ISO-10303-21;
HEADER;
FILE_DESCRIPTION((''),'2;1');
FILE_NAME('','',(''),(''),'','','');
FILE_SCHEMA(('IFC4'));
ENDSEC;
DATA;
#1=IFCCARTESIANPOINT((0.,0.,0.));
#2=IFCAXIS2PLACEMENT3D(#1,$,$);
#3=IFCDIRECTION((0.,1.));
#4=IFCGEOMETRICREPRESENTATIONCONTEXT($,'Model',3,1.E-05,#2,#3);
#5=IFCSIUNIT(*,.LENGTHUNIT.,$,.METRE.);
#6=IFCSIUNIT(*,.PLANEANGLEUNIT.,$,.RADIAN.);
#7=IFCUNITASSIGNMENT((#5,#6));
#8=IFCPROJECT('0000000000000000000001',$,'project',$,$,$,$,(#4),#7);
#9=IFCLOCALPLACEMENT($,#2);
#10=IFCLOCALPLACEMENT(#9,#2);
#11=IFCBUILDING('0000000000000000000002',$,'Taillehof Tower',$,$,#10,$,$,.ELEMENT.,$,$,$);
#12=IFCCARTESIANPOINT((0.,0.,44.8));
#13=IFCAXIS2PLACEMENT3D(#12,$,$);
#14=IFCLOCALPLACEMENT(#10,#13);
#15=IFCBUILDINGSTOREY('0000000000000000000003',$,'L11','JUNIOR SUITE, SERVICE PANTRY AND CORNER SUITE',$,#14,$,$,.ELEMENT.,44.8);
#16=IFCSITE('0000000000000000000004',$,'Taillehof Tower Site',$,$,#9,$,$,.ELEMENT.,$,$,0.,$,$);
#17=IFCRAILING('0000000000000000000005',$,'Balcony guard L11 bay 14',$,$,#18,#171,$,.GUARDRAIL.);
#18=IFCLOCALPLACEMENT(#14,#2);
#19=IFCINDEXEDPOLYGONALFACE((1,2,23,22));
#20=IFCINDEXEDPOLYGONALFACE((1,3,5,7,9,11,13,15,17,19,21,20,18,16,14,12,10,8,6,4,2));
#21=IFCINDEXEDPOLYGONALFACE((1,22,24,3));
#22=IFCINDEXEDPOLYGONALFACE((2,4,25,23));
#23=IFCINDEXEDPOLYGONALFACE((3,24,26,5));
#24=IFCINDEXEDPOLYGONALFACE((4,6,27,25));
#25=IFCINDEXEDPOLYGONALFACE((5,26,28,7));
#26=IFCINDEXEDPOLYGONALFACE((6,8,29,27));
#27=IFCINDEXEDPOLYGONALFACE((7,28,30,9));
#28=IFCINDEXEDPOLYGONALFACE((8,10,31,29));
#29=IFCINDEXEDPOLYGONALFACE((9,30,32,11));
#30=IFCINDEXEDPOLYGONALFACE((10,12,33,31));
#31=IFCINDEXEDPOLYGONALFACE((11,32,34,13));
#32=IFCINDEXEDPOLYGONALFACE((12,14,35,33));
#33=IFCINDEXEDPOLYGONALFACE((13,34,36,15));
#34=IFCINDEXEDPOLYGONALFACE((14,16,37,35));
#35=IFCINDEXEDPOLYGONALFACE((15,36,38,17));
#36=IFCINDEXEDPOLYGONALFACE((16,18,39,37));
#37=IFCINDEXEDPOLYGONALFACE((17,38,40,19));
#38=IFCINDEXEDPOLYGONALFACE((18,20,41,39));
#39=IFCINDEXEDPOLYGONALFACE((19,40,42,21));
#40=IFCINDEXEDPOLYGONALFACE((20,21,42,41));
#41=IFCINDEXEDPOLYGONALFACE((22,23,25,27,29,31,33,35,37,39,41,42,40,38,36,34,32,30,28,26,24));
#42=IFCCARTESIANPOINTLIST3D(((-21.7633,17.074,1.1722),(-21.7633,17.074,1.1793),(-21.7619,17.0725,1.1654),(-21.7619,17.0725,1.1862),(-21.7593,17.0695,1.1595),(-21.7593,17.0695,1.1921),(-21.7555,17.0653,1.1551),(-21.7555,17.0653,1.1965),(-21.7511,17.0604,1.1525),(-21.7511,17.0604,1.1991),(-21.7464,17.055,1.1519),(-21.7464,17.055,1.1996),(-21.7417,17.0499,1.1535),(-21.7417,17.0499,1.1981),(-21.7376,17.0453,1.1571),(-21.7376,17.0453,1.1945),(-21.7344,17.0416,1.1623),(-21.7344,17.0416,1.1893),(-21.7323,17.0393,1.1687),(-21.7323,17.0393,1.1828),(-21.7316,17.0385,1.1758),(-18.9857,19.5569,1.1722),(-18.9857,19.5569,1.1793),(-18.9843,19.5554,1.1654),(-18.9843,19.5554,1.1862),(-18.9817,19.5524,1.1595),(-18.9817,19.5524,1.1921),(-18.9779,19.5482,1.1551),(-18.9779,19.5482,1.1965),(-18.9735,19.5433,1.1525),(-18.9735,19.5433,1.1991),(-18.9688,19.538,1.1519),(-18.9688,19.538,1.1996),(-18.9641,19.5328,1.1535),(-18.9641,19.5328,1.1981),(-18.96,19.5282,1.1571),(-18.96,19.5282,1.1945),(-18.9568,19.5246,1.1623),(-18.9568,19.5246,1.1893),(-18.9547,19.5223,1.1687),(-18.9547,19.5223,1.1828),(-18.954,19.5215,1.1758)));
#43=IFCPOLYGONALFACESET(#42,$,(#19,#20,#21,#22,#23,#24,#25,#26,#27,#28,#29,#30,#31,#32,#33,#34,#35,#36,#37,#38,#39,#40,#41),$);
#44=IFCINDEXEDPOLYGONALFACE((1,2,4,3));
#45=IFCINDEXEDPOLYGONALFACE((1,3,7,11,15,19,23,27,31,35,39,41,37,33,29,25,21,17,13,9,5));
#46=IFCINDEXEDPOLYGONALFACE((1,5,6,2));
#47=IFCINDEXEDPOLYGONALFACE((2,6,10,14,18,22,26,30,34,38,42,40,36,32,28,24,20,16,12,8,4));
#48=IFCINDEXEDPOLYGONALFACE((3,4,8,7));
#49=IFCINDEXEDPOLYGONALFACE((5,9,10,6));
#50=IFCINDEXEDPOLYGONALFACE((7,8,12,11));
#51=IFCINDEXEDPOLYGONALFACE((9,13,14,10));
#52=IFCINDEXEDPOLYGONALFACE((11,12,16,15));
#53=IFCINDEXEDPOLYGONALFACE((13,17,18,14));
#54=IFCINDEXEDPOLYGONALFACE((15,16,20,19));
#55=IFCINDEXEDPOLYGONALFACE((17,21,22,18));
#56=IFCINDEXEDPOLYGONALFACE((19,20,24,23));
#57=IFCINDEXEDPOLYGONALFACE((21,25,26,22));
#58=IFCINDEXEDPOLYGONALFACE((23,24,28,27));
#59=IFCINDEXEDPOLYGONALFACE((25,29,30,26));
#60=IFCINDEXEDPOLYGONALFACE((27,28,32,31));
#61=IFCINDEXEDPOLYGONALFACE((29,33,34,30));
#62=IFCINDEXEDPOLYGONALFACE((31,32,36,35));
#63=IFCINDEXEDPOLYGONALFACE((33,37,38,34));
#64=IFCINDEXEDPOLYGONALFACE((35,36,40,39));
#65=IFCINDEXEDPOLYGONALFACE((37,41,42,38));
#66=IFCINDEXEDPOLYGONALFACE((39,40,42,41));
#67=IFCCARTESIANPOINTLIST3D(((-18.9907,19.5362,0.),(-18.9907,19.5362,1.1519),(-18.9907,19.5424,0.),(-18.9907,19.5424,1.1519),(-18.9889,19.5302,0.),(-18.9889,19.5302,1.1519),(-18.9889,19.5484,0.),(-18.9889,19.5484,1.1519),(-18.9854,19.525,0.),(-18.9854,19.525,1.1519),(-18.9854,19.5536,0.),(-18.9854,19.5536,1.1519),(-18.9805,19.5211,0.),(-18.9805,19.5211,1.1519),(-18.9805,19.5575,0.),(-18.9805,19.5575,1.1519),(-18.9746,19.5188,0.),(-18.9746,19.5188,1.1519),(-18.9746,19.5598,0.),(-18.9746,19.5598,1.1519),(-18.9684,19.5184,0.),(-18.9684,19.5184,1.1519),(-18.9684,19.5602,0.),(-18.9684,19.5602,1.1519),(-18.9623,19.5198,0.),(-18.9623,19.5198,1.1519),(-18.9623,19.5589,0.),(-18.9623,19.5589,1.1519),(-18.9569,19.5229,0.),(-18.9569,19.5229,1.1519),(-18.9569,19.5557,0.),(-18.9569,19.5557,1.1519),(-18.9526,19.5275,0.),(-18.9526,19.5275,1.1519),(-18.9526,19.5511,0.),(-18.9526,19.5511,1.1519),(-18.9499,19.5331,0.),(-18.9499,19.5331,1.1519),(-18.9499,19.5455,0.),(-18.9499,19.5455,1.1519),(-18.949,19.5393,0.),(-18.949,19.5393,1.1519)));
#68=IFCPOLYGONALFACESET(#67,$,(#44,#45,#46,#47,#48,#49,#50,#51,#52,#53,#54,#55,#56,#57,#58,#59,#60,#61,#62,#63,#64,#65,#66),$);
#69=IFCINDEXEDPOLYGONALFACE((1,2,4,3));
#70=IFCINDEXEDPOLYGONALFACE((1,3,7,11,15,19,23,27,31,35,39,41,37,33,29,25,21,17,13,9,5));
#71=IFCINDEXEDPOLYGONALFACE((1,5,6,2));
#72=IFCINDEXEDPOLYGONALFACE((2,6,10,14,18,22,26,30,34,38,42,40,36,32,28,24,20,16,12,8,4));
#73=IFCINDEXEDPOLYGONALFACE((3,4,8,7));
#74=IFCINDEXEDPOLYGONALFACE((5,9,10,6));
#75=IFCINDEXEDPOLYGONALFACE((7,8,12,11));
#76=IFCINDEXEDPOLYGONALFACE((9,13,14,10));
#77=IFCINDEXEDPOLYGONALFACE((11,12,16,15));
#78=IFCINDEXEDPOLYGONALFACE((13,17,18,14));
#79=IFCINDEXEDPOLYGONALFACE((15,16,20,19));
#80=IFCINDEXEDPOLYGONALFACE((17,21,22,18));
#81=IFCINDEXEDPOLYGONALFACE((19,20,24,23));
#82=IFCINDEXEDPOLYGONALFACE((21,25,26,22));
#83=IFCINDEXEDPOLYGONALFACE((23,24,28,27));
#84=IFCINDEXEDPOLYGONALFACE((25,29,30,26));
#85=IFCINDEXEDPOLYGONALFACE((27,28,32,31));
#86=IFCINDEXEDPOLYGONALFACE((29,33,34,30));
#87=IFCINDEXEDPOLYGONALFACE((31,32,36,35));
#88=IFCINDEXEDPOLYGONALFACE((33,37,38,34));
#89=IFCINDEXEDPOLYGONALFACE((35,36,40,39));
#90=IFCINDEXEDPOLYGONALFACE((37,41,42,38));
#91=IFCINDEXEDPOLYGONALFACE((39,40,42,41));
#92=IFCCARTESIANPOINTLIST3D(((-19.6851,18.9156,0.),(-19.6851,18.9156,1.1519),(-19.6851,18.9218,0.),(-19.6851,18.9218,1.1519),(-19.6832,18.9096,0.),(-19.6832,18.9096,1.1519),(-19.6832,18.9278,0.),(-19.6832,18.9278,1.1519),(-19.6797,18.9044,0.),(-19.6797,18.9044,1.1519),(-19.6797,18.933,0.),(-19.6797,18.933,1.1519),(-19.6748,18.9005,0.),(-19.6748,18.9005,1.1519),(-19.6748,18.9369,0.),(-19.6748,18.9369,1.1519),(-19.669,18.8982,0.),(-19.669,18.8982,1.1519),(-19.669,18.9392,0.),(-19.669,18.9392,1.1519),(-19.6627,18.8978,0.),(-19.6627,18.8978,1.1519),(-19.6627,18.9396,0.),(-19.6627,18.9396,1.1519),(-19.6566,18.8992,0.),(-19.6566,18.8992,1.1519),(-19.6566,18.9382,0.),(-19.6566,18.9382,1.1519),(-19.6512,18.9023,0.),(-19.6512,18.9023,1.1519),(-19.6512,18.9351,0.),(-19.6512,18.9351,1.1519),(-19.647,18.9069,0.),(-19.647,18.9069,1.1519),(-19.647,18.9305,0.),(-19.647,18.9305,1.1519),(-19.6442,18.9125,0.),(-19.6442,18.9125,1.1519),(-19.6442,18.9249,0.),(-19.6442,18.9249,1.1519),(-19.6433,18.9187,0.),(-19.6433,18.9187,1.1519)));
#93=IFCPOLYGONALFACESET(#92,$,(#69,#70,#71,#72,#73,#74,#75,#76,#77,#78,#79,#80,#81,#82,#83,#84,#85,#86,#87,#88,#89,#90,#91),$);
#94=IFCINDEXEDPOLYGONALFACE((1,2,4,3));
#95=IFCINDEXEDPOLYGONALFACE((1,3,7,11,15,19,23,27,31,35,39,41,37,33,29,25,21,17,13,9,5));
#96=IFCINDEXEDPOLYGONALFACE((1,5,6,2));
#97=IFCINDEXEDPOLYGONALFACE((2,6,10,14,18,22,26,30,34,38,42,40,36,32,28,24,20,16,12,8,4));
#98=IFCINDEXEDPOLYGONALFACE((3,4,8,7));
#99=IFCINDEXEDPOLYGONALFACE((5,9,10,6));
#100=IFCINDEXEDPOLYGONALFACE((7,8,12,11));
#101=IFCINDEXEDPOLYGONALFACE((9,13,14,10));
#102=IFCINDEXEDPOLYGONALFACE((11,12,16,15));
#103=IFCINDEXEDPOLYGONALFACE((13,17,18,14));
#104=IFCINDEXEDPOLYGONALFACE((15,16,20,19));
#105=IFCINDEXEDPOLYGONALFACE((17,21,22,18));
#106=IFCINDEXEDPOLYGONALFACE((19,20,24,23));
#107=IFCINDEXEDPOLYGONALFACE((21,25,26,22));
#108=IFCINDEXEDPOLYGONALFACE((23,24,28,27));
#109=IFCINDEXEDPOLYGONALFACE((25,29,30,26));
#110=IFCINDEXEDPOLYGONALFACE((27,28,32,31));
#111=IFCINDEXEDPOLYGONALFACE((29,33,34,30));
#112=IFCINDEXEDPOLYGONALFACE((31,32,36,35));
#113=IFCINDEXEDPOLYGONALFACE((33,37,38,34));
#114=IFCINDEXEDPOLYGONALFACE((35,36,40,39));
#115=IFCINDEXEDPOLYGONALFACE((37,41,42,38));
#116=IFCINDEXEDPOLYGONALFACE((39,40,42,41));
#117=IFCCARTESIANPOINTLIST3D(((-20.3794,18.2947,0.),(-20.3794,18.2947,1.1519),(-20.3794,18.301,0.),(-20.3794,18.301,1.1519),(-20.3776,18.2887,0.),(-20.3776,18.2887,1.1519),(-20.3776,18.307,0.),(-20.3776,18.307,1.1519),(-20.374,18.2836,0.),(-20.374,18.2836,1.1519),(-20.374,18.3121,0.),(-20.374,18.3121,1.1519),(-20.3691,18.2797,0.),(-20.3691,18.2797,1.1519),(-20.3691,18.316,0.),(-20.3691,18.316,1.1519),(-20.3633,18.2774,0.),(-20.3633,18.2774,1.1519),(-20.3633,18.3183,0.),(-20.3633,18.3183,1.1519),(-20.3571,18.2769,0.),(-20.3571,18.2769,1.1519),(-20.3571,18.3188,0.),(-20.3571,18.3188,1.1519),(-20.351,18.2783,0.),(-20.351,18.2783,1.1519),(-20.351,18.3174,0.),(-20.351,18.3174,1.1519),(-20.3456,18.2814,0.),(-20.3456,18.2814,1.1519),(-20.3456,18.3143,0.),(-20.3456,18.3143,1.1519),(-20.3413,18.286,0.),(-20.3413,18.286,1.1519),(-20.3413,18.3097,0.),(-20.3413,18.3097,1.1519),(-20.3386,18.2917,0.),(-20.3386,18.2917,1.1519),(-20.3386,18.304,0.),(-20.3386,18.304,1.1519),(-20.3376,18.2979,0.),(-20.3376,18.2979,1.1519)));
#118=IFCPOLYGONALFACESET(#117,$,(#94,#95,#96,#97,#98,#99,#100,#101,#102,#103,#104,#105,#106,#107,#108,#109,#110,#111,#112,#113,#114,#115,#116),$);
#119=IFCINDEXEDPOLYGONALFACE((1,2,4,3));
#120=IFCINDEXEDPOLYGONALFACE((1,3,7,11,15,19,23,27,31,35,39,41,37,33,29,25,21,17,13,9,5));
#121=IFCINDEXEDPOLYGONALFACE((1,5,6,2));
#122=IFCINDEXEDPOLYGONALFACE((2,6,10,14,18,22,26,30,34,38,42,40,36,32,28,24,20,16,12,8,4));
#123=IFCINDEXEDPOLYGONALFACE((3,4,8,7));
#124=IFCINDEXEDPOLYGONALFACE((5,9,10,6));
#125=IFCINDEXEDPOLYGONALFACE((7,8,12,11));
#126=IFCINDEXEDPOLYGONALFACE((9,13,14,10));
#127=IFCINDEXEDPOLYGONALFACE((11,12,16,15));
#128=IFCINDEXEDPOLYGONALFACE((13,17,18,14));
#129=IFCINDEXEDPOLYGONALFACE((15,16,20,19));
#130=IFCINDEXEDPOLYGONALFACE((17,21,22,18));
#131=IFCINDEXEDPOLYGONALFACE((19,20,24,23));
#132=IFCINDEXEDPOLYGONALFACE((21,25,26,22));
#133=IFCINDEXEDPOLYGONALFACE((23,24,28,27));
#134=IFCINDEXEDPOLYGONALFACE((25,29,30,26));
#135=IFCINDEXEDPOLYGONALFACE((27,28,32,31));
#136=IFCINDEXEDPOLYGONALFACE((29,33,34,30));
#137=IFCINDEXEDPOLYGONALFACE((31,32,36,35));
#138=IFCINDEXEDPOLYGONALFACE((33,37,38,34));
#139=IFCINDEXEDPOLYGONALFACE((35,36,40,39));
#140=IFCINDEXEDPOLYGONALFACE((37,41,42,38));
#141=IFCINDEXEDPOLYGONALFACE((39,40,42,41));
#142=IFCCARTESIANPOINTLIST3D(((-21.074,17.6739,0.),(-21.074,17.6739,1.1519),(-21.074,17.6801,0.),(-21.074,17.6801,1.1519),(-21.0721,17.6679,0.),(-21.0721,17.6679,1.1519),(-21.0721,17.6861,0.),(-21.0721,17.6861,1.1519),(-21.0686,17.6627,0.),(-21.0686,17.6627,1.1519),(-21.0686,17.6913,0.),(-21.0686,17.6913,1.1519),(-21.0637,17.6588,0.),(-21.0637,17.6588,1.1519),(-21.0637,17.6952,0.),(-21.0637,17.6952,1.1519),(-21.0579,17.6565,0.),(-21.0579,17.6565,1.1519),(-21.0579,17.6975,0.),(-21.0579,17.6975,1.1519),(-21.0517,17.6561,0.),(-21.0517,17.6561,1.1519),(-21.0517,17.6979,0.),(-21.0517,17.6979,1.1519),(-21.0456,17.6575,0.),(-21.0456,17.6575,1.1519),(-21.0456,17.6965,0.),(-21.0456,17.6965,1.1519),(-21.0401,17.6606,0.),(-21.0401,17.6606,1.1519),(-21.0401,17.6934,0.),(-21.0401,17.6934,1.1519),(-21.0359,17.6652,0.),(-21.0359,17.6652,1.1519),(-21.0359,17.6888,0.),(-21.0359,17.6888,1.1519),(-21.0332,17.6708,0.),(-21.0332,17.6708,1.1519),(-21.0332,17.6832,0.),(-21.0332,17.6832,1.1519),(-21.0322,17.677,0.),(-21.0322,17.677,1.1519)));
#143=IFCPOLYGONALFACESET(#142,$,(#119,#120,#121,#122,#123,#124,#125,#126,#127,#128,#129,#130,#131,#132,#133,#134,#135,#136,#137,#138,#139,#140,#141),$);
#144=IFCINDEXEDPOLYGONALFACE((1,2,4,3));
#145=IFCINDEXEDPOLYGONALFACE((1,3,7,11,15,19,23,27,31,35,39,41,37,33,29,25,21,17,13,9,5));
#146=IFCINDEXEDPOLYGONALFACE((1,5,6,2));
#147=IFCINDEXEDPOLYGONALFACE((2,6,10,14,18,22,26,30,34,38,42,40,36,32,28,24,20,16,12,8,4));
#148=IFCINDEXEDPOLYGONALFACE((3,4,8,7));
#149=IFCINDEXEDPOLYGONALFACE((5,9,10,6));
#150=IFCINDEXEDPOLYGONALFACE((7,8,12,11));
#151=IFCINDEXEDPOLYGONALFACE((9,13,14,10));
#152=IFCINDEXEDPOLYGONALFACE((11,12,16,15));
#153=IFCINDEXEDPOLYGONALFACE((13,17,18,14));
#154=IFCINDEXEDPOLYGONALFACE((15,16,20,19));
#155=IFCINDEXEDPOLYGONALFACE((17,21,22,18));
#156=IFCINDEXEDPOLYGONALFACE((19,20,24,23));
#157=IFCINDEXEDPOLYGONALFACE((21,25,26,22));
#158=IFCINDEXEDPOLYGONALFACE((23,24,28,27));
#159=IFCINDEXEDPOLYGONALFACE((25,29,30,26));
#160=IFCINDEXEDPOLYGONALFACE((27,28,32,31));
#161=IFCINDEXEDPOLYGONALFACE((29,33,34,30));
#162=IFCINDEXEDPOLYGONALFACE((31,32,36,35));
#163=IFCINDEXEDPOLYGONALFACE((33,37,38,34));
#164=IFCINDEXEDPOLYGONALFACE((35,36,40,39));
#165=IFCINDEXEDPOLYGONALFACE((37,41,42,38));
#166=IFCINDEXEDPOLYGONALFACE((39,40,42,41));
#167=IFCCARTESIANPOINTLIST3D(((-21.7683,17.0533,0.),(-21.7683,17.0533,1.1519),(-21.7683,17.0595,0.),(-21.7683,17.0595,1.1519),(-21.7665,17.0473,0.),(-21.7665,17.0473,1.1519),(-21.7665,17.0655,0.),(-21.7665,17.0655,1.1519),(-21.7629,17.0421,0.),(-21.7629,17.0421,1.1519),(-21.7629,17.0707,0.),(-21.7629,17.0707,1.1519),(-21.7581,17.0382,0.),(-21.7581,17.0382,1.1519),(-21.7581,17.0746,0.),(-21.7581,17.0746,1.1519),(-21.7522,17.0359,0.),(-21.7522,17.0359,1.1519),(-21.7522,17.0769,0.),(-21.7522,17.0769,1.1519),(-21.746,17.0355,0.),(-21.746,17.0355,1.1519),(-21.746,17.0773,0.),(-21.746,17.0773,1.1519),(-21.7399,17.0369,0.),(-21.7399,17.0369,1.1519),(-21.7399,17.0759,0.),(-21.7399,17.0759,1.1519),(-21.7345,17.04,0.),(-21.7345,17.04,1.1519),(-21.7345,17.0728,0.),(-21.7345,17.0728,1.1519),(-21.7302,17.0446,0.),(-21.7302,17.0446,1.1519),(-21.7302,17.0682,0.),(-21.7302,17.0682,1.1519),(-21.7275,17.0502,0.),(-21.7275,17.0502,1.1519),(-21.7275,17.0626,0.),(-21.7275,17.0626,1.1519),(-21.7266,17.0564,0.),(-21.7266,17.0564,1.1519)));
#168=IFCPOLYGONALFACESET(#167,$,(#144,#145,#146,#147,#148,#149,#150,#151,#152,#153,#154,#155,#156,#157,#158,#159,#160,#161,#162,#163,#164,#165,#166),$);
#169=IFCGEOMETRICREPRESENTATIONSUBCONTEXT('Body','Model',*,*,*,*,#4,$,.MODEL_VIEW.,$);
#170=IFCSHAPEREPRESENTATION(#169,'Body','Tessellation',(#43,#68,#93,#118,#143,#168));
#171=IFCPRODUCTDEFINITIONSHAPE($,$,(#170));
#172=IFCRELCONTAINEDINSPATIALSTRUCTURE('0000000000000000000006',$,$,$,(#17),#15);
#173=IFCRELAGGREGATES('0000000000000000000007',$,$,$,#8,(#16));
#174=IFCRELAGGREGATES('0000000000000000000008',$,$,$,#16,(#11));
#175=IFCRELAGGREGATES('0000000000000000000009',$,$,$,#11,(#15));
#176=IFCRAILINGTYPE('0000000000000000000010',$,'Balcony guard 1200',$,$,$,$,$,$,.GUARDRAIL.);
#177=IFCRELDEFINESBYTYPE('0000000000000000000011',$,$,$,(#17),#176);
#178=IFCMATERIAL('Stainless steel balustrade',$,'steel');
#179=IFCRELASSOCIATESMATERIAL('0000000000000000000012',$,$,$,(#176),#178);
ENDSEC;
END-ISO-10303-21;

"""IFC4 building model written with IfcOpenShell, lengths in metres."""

from ifc_helpers import new_model, si_unit, direction, frame, origin, origin_2d, place, context, subcontext, project, spatial, circle, extrude, material, type_object, element, save


model = new_model("IFC4")

# Units and contexts
model_context = context("Model", 3, precision=1e-05, world=origin(), true_north=direction((0.0, 1.0)))
body_context = subcontext(model_context, "Body", "Model", "MODEL_VIEW")
ifc_project = project(units=[si_unit("LENGTHUNIT", "METRE"), si_unit("PLANEANGLEUNIT", "RADIAN")], contexts=[model_context])

# Site, building, storey
site_placement = place(None, origin())
site = spatial("IfcSite", under=ifc_project, at=site_placement, Name="Taillehof Tower Site", CompositionType="ELEMENT", RefElevation=0.0)
building_placement = place(site_placement, origin())
building = spatial("IfcBuilding", under=site, at=building_placement, Name="Taillehof Tower", CompositionType="ELEMENT")
storey_placement = place(building_placement, frame((0.0, 0.0, 44.8)))
storey = spatial("IfcBuildingStorey", under=building, at=storey_placement, Name="L11", Description="JUNIOR SUITE, SERVICE PANTRY AND CORNER SUITE", CompositionType="ELEMENT", Elevation=44.8)

# Railing
ifc_material_1 = material(Name="Stainless steel balustrade", Category="steel")
railing_type = type_object("IfcRailingType", Name="Balcony guard 1200", PredefinedType="GUARDRAIL", material=ifc_material_1)
railing_1_placement = place(storey_placement, frame((-18.97, 19.5393, 0.0)))
element("IfcRailing", 1, at=railing_1_placement, inside=storey, type_object=railing_type, Name="Balcony guard L11 bay 14", PredefinedType="GUARDRAIL", context=body_context, shape_type="SweptSolid", body=[
    extrude(circle(Radius=0.0239, at=origin_2d()), frame((0.0, 0.0, 1.1758), z_axis=(-0.745548, -0.666452, 0.0), x_axis=(0.666452, -0.745548, 0.0)), (0.0, 0.0, 1.0), 3.7256),
    extrude(circle(Radius=0.021, at=origin_2d()), origin(), (0.0, 0.0, 1.0), 1.1519),
    extrude(circle(Radius=0.021, at=origin_2d()), frame((-0.6943, -0.6206, 0.0)), (0.0, 0.0, 1.0), 1.1519),
    extrude(circle(Radius=0.021, at=origin_2d()), frame((-1.3887, -1.2415, 0.0)), (0.0, 0.0, 1.0), 1.1519),
    extrude(circle(Radius=0.021, at=origin_2d()), frame((-2.0833, -1.8623, 0.0)), (0.0, 0.0, 1.0), 1.1519),
    extrude(circle(Radius=0.021, at=origin_2d()), frame((-2.7776, -2.4829, 0.0)), (0.0, 0.0, 1.0), 1.1519),
])

save(model, "model.ifc")
